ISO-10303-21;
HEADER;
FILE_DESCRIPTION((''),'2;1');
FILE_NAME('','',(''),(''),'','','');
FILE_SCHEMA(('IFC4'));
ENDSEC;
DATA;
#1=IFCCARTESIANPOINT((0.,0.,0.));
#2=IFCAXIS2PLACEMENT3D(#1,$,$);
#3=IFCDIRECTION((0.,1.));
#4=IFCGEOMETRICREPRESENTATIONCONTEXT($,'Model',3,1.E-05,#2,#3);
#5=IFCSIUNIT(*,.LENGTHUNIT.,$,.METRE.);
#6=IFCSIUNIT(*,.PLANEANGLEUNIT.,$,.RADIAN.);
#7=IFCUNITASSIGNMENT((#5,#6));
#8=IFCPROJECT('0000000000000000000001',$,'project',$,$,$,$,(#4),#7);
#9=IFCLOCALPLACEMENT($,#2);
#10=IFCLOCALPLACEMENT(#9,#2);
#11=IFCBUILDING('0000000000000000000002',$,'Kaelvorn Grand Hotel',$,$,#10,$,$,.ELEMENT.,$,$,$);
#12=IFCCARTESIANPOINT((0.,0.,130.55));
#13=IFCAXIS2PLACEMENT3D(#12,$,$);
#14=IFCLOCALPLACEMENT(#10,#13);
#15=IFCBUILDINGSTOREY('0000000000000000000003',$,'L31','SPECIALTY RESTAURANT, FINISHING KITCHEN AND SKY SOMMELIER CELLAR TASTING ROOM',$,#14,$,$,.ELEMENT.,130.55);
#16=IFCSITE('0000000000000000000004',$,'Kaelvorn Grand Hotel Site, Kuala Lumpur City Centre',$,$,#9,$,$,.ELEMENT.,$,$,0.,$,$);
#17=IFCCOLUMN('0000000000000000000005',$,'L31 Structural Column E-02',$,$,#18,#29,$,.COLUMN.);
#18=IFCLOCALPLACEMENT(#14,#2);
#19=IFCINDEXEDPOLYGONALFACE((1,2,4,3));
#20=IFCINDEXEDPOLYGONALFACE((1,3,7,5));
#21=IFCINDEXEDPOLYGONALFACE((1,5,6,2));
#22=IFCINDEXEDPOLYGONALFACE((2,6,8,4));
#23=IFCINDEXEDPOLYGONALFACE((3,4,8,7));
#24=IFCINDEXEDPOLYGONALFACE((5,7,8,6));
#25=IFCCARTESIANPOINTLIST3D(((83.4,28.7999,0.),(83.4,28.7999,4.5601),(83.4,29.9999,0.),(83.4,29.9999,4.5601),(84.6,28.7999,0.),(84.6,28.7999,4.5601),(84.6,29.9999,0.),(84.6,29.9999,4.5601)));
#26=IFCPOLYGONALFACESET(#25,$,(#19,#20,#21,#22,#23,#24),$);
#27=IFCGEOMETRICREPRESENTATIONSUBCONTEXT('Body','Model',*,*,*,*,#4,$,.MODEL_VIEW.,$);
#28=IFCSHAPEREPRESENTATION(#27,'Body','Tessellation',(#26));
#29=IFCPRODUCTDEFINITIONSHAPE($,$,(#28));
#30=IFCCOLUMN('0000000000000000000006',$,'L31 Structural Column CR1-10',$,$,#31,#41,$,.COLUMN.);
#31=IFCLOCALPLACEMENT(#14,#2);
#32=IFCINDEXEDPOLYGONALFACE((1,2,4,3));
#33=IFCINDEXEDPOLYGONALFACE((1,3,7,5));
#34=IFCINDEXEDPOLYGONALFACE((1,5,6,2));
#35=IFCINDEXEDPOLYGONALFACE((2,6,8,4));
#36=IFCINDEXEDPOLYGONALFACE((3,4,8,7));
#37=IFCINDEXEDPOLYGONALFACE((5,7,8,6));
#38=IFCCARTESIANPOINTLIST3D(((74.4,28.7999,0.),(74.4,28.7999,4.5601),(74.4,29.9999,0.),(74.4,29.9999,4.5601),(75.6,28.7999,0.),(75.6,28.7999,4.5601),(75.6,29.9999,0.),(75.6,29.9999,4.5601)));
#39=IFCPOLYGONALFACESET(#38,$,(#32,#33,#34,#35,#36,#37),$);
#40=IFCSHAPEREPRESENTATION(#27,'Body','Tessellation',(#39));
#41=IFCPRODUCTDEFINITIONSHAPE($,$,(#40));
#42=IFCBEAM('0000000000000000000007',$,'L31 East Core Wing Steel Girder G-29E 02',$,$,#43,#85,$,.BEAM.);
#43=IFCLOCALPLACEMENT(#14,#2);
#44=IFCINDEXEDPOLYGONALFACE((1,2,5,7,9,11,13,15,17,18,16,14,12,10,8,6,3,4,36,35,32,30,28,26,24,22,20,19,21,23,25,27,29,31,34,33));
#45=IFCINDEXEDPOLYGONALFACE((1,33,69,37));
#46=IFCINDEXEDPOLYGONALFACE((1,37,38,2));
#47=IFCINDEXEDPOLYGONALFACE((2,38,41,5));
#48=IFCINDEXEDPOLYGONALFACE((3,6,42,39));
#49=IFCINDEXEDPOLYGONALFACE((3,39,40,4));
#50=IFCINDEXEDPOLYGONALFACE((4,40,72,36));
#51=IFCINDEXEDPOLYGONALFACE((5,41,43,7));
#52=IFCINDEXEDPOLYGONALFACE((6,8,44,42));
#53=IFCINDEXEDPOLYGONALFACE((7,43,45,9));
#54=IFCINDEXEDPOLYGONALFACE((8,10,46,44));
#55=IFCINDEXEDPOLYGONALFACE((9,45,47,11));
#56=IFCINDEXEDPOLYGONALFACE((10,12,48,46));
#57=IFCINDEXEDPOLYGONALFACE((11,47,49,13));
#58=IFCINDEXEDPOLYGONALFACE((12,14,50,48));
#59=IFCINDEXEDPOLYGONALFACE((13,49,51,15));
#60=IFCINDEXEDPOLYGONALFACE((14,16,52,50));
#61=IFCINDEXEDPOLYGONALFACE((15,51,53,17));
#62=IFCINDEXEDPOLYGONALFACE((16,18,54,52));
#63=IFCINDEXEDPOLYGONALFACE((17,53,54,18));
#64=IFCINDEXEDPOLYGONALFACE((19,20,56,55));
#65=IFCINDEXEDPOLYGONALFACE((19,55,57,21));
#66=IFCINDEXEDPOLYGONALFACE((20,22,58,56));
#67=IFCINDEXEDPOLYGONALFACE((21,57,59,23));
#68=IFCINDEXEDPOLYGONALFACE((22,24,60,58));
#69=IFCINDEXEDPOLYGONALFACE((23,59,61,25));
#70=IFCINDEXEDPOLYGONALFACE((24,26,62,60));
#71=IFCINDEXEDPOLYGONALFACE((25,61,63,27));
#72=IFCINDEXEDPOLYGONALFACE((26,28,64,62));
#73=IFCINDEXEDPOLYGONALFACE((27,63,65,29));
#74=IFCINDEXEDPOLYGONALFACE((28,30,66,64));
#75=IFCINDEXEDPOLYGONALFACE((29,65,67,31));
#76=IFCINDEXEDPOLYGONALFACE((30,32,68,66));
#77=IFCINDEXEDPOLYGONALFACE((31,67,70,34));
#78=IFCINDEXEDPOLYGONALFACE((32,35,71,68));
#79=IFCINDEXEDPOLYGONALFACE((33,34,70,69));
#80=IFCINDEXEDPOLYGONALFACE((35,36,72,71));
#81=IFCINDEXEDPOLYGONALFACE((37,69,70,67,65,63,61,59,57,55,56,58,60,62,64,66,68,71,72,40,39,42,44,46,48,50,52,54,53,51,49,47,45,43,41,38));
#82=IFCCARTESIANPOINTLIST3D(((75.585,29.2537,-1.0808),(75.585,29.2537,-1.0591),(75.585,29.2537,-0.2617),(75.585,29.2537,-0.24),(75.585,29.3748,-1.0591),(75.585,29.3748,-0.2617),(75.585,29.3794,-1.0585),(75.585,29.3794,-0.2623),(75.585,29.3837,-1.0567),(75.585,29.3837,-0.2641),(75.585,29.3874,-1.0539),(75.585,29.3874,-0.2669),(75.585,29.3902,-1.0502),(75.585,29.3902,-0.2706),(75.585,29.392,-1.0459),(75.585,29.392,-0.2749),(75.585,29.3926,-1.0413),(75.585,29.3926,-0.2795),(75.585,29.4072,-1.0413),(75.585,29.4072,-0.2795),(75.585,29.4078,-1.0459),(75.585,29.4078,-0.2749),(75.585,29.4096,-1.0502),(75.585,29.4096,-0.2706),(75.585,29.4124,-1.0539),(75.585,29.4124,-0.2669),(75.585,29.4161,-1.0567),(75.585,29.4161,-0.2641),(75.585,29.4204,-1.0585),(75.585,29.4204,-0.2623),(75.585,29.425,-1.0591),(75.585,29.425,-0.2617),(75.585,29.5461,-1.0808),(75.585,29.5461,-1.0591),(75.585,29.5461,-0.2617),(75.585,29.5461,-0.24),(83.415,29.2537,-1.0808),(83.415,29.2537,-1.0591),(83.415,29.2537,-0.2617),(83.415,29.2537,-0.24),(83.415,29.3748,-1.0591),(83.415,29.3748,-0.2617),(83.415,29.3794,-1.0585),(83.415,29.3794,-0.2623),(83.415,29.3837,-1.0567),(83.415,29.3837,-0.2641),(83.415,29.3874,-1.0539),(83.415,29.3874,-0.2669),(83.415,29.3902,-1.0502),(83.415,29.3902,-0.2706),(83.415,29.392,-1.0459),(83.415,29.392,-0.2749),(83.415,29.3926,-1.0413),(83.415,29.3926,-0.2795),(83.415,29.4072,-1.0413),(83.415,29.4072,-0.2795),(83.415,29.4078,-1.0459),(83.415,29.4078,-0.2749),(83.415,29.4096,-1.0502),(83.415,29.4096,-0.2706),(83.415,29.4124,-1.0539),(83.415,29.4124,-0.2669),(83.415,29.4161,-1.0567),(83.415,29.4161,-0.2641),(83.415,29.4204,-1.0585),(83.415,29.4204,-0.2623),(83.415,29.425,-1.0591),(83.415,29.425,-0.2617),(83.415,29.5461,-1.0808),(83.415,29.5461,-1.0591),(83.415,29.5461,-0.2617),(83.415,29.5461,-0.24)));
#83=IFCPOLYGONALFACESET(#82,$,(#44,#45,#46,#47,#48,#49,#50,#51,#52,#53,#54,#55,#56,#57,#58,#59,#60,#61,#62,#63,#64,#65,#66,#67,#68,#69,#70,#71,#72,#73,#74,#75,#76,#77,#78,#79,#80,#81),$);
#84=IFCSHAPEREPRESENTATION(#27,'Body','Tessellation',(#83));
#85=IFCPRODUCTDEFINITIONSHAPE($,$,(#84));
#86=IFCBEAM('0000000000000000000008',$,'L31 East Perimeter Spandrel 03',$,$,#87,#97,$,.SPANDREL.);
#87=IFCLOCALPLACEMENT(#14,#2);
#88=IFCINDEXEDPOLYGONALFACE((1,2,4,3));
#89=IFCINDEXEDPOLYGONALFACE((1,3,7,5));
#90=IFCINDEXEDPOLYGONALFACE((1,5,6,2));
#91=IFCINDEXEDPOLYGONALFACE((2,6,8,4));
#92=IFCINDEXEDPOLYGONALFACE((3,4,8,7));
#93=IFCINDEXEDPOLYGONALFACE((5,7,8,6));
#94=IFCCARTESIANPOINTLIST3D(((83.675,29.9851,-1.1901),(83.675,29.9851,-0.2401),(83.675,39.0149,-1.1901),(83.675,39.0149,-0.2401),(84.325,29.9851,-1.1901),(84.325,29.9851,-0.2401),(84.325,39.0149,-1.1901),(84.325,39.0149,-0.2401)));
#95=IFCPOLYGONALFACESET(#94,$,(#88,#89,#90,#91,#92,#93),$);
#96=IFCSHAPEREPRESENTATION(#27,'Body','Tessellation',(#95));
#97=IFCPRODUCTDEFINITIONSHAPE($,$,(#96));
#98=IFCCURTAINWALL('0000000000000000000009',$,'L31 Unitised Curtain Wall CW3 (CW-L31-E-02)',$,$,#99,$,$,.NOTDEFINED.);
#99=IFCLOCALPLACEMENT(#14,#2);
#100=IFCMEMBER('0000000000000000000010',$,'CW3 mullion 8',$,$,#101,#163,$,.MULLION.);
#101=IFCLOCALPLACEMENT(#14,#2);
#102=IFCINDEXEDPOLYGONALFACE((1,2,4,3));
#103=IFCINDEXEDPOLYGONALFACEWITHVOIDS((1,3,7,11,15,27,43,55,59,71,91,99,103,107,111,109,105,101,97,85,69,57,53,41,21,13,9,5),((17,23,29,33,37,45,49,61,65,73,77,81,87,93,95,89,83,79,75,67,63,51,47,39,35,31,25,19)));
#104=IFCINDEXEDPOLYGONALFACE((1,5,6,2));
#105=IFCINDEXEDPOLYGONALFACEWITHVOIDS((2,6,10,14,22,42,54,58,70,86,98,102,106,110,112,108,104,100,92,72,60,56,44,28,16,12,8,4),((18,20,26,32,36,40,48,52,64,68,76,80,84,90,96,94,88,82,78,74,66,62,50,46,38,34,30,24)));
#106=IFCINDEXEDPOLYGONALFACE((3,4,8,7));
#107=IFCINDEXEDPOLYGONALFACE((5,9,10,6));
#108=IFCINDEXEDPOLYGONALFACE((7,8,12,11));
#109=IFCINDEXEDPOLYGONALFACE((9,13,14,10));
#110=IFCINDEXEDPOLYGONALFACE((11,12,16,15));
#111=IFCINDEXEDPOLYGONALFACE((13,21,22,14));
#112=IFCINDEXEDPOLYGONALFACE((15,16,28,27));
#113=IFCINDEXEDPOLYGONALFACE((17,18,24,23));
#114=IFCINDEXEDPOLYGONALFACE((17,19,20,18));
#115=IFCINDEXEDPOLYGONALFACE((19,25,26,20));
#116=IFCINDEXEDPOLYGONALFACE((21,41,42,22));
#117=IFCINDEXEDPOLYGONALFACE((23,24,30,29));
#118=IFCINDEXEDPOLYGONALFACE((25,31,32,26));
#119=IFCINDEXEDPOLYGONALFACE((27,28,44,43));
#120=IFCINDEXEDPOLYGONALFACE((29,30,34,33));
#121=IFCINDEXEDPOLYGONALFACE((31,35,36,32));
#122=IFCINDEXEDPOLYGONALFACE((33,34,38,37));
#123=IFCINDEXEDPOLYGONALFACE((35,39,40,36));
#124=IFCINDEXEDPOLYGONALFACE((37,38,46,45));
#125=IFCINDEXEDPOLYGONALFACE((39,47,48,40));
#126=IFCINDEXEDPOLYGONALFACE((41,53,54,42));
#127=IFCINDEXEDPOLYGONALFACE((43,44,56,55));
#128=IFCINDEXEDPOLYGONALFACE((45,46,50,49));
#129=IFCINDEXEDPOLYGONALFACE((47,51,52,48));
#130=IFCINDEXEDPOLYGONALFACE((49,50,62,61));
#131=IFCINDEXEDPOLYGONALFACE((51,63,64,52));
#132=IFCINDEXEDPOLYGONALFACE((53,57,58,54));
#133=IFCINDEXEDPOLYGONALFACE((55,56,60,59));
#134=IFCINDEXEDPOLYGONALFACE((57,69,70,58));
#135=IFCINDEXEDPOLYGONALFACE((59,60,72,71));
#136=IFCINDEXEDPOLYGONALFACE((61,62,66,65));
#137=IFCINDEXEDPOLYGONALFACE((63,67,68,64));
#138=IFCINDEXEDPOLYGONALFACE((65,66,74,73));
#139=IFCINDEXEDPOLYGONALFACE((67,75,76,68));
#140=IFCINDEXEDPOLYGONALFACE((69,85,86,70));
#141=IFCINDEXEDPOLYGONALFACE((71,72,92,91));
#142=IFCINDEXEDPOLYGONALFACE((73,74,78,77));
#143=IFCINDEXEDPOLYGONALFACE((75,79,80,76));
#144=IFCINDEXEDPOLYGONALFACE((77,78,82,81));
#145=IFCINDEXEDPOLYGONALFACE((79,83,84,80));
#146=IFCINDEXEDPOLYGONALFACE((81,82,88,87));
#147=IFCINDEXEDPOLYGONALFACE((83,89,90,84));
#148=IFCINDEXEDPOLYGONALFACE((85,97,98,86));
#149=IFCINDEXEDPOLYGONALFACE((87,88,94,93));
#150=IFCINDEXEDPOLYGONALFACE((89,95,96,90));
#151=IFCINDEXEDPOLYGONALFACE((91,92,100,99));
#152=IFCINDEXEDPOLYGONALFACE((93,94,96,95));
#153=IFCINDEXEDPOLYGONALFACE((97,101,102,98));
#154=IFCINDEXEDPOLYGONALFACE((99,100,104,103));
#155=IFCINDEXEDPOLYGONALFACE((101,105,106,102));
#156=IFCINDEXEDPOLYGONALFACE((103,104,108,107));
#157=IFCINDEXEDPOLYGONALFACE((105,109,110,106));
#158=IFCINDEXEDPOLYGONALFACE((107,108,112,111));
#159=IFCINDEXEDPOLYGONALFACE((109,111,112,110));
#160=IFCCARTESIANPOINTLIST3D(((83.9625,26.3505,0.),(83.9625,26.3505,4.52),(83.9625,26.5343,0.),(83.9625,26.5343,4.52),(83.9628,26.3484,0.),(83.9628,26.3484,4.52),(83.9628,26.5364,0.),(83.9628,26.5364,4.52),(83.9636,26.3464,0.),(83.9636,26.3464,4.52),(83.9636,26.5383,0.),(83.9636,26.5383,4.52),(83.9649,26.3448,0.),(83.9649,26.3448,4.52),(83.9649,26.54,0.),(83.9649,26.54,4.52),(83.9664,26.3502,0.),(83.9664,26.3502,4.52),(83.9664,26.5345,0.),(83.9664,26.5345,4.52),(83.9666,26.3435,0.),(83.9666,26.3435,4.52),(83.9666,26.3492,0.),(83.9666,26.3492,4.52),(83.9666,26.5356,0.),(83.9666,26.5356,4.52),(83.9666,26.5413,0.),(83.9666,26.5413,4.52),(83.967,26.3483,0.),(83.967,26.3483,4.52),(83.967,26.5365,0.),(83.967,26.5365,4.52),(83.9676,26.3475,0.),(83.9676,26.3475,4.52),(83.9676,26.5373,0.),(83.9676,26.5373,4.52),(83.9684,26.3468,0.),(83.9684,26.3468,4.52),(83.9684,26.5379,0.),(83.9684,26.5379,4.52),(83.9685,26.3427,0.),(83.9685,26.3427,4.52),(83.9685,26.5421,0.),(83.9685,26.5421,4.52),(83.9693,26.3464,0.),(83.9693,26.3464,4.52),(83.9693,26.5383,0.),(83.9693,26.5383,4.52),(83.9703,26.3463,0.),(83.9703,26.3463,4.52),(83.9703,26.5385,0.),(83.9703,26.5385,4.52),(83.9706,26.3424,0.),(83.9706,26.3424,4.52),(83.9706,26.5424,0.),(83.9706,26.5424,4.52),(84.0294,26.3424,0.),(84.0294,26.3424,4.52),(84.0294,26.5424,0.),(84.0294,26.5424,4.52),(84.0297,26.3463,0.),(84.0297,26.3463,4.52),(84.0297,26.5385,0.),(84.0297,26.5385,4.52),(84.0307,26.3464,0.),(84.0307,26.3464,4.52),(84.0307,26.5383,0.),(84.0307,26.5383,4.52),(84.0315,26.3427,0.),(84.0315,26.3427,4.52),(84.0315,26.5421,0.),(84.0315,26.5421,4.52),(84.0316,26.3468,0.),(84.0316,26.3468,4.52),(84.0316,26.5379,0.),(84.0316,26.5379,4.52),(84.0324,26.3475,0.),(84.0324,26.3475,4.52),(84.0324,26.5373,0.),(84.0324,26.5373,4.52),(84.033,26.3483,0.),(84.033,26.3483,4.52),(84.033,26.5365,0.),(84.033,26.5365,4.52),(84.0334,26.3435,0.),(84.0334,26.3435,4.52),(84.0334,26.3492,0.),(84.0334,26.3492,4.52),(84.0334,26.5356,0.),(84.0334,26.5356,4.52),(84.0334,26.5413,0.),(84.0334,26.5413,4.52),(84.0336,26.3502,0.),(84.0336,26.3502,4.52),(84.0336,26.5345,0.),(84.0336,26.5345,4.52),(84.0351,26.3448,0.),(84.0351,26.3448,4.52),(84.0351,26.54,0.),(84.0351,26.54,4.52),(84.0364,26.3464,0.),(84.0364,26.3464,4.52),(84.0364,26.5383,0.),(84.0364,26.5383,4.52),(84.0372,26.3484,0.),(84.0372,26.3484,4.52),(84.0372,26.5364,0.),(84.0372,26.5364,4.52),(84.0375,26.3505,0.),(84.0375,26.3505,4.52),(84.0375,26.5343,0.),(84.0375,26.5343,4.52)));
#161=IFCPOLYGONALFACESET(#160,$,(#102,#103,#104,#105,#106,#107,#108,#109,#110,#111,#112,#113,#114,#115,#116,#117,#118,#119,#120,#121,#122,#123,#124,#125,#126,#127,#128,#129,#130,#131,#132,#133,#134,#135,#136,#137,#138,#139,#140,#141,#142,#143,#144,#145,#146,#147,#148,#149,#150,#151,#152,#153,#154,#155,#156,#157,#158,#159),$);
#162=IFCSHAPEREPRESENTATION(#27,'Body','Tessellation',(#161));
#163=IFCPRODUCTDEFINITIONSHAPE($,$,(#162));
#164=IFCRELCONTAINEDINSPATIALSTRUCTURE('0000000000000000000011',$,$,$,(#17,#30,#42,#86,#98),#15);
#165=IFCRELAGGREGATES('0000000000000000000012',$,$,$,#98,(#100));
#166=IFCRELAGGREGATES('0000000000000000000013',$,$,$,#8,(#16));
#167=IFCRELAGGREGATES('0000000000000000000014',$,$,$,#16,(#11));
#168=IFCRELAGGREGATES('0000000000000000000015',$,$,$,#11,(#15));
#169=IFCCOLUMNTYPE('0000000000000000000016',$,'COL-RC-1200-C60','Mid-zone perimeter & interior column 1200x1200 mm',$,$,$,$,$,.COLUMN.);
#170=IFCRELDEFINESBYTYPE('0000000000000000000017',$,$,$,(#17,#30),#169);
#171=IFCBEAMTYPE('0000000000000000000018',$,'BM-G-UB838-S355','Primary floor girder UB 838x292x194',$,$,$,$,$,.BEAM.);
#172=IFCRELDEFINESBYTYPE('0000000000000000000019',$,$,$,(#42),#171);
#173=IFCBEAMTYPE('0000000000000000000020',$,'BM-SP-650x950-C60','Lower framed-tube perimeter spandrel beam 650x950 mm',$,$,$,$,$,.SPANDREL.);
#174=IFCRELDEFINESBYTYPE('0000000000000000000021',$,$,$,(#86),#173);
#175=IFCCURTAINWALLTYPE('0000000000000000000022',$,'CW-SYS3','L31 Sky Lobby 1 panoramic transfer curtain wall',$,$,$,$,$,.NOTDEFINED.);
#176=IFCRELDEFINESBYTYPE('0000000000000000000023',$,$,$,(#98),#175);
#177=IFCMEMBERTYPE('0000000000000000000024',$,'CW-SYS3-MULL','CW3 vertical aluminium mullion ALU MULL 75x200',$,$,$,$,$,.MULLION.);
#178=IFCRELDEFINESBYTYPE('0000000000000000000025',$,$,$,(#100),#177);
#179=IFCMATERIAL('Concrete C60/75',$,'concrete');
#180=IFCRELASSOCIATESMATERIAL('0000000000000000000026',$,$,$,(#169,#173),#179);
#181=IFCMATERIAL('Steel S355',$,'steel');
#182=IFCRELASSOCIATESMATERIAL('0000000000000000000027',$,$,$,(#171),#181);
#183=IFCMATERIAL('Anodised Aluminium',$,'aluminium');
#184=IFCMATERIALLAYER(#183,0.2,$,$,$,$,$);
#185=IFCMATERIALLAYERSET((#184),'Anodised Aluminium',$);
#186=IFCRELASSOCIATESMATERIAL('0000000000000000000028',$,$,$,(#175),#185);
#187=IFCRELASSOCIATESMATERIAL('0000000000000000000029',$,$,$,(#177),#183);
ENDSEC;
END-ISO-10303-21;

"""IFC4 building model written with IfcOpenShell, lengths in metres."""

from ifc_helpers import new_model, si_unit, direction, frame, origin, origin_2d, place, context, subcontext, project, spatial, rectangle, hollow_rectangle, i_section, extrude, material, layer, layer_set, material_profile, profile_set, type_object, element, aggregate, save


model = new_model("IFC4")

# Units and contexts
model_context = context("Model", 3, precision=1e-05, world=origin(), true_north=direction((0.0, 1.0)))
body_context = subcontext(model_context, "Body", "Model", "MODEL_VIEW")
ifc_project = project(units=[si_unit("LENGTHUNIT", "METRE"), si_unit("PLANEANGLEUNIT", "RADIAN")], contexts=[model_context])

# Site, building, storey
site_placement = place(None, origin())
site = spatial("IfcSite", under=ifc_project, at=site_placement, Name="Kaelvorn Grand Hotel Site, Kuala Lumpur City Centre", CompositionType="ELEMENT", RefElevation=0.0)
building_placement = place(site_placement, origin())
building = spatial("IfcBuilding", under=site, at=building_placement, Name="Kaelvorn Grand Hotel", CompositionType="ELEMENT")
storey_placement = place(building_placement, frame((0.0, 0.0, 130.55)))
storey = spatial("IfcBuildingStorey", under=building, at=storey_placement, Name="L31", Description="SPECIALTY RESTAURANT, FINISHING KITCHEN AND SKY SOMMELIER CELLAR TASTING ROOM", CompositionType="ELEMENT", Elevation=130.55)

# Columns
ifc_material_1 = material(Name="Concrete C60/75", Category="concrete")
ifc_material_profile_1 = material_profile(ifc_material_1, rectangle(XDim=1.2, YDim=1.2, at=origin_2d()), Name="RC COL 1200x1200")
ifc_profile_set_1 = profile_set([ifc_material_profile_1], Name="Concrete C60/75")
column_type = type_object("IfcColumnType", Name="COL-RC-1200-C60", Description="Mid-zone perimeter & interior column 1200x1200 mm", PredefinedType="COLUMN", material=ifc_profile_set_1)
for number, where, z_axis, x_axis, name in (
    (1, (84.0, 29.3999, 0.0), (0.0, 0.0, 1.0), (1.0, 0.0, 0.0), "L31 Structural Column E-02"),
    (2, (75.0, 29.3999, 0.0), (0.0, 0.0, 1.0), (1.0, 0.0, 0.0), "L31 Structural Column CR1-10"),
):
    element("IfcColumn", number, at=place(storey_placement, frame(where, z_axis=z_axis, x_axis=x_axis)), inside=storey, type_object=column_type, Name=name, PredefinedType="COLUMN", context=body_context, shape_type="SweptSolid", body=[
        extrude(rectangle(XDim=1.2, YDim=1.2, at=origin_2d()), origin(), (0.0, 0.0, 1.0), 4.5601),
    ])

# Beams
ifc_material_2 = material(Name="Steel S355", Category="steel")
ifc_material_profile_2 = material_profile(ifc_material_2, i_section(OverallWidth=0.2925, OverallDepth=0.8408, WebThickness=0.0146, FlangeThickness=0.0217, FilletRadius=0.0178, at=origin_2d()), Name="UB 838x292x194")
ifc_profile_set_2 = profile_set([ifc_material_profile_2], Name="Steel S355")
beam_type_1 = type_object("IfcBeamType", Name="BM-G-UB838-S355", Description="Primary floor girder UB 838x292x194", PredefinedType="BEAM", material=ifc_profile_set_2)
beam_1_placement = place(storey_placement, frame((75.585, 29.3999, -0.6604), z_axis=(1.0, 0.0, 0.0), x_axis=(0.0, 1.0, 0.0)))
element("IfcBeam", 3, at=beam_1_placement, inside=storey, type_object=beam_type_1, Name="L31 East Core Wing Steel Girder G-29E 02", PredefinedType="BEAM", context=body_context, shape_type="SweptSolid", body=[
    extrude(i_section(OverallWidth=0.2925, OverallDepth=0.8408, WebThickness=0.0146, FlangeThickness=0.0217, FilletRadius=0.0178, at=origin_2d()), origin(), (0.0, 0.0, 1.0), 7.8301),
])
ifc_material_profile_3 = material_profile(ifc_material_1, rectangle(XDim=0.6499, YDim=0.95, at=origin_2d()), Name="RC SPANDREL 650x950")
ifc_profile_set_3 = profile_set([ifc_material_profile_3], Name="Concrete C60/75")
beam_type_2 = type_object("IfcBeamType", Name="BM-SP-650x950-C60", Description="Lower framed-tube perimeter spandrel beam 650x950 mm", PredefinedType="SPANDREL", material=ifc_profile_set_3)
beam_2_placement = place(storey_placement, frame((84.0, 29.9851, -0.7151), z_axis=(0.0, 1.0, 0.0), x_axis=(-1.0, 0.0, 0.0)))
element("IfcBeam", 4, at=beam_2_placement, inside=storey, type_object=beam_type_2, Name="L31 East Perimeter Spandrel 03", PredefinedType="SPANDREL", context=body_context, shape_type="SweptSolid", body=[
    extrude(rectangle(XDim=0.6499, YDim=0.95, at=origin_2d()), origin(), (0.0, 0.0, 1.0), 9.0298),
])

# Curtain wall, member
ifc_material_3 = material(Name="Anodised Aluminium", Category="aluminium")
ifc_layer_1 = layer(ifc_material_3, 0.2)
ifc_layer_set_1 = layer_set([ifc_layer_1], Name="Anodised Aluminium")
curtain_wall_type = type_object("IfcCurtainWallType", Name="CW-SYS3", Description="L31 Sky Lobby 1 panoramic transfer curtain wall", PredefinedType="NOTDEFINED", material=ifc_layer_set_1)
curtain_wall_1_placement = place(storey_placement, origin())
curtain_wall_1 = element("IfcCurtainWall", 5, at=curtain_wall_1_placement, inside=storey, type_object=curtain_wall_type, Name="L31 Unitised Curtain Wall CW3 (CW-L31-E-02)", PredefinedType="NOTDEFINED")
ifc_material_profile_4 = material_profile(ifc_material_3, hollow_rectangle(XDim=0.075, YDim=0.2, WallThickness=0.0039, InnerFilletRadius=0.0039, OuterFilletRadius=0.0081, at=origin_2d()), Name="ALU MULL 75x200")
ifc_profile_set_4 = profile_set([ifc_material_profile_4], Name="Anodised Aluminium")
member_type_1 = type_object("IfcMemberType", Name="CW-SYS3-MULL", Description="CW3 vertical aluminium mullion ALU MULL 75x200", PredefinedType="MULLION", material=ifc_profile_set_4)
member_1_placement = place(storey_placement, frame((84.0, 26.4424, 0.0), z_axis=(0.0, 0.0, 1.0), x_axis=(-1.0, 0.0, 0.0)))
member_1 = element("IfcMember", 6, at=member_1_placement, type_object=member_type_1, Name="CW3 mullion 8", PredefinedType="MULLION", context=body_context, shape_type="SweptSolid", body=[
    extrude(hollow_rectangle(XDim=0.075, YDim=0.2, WallThickness=0.0039, InnerFilletRadius=0.0039, OuterFilletRadius=0.0081, at=origin_2d()), origin(), (0.0, 0.0, 1.0), 4.52),
])

aggregate(curtain_wall_1, [member_1])

save(model, "model.ifc")
